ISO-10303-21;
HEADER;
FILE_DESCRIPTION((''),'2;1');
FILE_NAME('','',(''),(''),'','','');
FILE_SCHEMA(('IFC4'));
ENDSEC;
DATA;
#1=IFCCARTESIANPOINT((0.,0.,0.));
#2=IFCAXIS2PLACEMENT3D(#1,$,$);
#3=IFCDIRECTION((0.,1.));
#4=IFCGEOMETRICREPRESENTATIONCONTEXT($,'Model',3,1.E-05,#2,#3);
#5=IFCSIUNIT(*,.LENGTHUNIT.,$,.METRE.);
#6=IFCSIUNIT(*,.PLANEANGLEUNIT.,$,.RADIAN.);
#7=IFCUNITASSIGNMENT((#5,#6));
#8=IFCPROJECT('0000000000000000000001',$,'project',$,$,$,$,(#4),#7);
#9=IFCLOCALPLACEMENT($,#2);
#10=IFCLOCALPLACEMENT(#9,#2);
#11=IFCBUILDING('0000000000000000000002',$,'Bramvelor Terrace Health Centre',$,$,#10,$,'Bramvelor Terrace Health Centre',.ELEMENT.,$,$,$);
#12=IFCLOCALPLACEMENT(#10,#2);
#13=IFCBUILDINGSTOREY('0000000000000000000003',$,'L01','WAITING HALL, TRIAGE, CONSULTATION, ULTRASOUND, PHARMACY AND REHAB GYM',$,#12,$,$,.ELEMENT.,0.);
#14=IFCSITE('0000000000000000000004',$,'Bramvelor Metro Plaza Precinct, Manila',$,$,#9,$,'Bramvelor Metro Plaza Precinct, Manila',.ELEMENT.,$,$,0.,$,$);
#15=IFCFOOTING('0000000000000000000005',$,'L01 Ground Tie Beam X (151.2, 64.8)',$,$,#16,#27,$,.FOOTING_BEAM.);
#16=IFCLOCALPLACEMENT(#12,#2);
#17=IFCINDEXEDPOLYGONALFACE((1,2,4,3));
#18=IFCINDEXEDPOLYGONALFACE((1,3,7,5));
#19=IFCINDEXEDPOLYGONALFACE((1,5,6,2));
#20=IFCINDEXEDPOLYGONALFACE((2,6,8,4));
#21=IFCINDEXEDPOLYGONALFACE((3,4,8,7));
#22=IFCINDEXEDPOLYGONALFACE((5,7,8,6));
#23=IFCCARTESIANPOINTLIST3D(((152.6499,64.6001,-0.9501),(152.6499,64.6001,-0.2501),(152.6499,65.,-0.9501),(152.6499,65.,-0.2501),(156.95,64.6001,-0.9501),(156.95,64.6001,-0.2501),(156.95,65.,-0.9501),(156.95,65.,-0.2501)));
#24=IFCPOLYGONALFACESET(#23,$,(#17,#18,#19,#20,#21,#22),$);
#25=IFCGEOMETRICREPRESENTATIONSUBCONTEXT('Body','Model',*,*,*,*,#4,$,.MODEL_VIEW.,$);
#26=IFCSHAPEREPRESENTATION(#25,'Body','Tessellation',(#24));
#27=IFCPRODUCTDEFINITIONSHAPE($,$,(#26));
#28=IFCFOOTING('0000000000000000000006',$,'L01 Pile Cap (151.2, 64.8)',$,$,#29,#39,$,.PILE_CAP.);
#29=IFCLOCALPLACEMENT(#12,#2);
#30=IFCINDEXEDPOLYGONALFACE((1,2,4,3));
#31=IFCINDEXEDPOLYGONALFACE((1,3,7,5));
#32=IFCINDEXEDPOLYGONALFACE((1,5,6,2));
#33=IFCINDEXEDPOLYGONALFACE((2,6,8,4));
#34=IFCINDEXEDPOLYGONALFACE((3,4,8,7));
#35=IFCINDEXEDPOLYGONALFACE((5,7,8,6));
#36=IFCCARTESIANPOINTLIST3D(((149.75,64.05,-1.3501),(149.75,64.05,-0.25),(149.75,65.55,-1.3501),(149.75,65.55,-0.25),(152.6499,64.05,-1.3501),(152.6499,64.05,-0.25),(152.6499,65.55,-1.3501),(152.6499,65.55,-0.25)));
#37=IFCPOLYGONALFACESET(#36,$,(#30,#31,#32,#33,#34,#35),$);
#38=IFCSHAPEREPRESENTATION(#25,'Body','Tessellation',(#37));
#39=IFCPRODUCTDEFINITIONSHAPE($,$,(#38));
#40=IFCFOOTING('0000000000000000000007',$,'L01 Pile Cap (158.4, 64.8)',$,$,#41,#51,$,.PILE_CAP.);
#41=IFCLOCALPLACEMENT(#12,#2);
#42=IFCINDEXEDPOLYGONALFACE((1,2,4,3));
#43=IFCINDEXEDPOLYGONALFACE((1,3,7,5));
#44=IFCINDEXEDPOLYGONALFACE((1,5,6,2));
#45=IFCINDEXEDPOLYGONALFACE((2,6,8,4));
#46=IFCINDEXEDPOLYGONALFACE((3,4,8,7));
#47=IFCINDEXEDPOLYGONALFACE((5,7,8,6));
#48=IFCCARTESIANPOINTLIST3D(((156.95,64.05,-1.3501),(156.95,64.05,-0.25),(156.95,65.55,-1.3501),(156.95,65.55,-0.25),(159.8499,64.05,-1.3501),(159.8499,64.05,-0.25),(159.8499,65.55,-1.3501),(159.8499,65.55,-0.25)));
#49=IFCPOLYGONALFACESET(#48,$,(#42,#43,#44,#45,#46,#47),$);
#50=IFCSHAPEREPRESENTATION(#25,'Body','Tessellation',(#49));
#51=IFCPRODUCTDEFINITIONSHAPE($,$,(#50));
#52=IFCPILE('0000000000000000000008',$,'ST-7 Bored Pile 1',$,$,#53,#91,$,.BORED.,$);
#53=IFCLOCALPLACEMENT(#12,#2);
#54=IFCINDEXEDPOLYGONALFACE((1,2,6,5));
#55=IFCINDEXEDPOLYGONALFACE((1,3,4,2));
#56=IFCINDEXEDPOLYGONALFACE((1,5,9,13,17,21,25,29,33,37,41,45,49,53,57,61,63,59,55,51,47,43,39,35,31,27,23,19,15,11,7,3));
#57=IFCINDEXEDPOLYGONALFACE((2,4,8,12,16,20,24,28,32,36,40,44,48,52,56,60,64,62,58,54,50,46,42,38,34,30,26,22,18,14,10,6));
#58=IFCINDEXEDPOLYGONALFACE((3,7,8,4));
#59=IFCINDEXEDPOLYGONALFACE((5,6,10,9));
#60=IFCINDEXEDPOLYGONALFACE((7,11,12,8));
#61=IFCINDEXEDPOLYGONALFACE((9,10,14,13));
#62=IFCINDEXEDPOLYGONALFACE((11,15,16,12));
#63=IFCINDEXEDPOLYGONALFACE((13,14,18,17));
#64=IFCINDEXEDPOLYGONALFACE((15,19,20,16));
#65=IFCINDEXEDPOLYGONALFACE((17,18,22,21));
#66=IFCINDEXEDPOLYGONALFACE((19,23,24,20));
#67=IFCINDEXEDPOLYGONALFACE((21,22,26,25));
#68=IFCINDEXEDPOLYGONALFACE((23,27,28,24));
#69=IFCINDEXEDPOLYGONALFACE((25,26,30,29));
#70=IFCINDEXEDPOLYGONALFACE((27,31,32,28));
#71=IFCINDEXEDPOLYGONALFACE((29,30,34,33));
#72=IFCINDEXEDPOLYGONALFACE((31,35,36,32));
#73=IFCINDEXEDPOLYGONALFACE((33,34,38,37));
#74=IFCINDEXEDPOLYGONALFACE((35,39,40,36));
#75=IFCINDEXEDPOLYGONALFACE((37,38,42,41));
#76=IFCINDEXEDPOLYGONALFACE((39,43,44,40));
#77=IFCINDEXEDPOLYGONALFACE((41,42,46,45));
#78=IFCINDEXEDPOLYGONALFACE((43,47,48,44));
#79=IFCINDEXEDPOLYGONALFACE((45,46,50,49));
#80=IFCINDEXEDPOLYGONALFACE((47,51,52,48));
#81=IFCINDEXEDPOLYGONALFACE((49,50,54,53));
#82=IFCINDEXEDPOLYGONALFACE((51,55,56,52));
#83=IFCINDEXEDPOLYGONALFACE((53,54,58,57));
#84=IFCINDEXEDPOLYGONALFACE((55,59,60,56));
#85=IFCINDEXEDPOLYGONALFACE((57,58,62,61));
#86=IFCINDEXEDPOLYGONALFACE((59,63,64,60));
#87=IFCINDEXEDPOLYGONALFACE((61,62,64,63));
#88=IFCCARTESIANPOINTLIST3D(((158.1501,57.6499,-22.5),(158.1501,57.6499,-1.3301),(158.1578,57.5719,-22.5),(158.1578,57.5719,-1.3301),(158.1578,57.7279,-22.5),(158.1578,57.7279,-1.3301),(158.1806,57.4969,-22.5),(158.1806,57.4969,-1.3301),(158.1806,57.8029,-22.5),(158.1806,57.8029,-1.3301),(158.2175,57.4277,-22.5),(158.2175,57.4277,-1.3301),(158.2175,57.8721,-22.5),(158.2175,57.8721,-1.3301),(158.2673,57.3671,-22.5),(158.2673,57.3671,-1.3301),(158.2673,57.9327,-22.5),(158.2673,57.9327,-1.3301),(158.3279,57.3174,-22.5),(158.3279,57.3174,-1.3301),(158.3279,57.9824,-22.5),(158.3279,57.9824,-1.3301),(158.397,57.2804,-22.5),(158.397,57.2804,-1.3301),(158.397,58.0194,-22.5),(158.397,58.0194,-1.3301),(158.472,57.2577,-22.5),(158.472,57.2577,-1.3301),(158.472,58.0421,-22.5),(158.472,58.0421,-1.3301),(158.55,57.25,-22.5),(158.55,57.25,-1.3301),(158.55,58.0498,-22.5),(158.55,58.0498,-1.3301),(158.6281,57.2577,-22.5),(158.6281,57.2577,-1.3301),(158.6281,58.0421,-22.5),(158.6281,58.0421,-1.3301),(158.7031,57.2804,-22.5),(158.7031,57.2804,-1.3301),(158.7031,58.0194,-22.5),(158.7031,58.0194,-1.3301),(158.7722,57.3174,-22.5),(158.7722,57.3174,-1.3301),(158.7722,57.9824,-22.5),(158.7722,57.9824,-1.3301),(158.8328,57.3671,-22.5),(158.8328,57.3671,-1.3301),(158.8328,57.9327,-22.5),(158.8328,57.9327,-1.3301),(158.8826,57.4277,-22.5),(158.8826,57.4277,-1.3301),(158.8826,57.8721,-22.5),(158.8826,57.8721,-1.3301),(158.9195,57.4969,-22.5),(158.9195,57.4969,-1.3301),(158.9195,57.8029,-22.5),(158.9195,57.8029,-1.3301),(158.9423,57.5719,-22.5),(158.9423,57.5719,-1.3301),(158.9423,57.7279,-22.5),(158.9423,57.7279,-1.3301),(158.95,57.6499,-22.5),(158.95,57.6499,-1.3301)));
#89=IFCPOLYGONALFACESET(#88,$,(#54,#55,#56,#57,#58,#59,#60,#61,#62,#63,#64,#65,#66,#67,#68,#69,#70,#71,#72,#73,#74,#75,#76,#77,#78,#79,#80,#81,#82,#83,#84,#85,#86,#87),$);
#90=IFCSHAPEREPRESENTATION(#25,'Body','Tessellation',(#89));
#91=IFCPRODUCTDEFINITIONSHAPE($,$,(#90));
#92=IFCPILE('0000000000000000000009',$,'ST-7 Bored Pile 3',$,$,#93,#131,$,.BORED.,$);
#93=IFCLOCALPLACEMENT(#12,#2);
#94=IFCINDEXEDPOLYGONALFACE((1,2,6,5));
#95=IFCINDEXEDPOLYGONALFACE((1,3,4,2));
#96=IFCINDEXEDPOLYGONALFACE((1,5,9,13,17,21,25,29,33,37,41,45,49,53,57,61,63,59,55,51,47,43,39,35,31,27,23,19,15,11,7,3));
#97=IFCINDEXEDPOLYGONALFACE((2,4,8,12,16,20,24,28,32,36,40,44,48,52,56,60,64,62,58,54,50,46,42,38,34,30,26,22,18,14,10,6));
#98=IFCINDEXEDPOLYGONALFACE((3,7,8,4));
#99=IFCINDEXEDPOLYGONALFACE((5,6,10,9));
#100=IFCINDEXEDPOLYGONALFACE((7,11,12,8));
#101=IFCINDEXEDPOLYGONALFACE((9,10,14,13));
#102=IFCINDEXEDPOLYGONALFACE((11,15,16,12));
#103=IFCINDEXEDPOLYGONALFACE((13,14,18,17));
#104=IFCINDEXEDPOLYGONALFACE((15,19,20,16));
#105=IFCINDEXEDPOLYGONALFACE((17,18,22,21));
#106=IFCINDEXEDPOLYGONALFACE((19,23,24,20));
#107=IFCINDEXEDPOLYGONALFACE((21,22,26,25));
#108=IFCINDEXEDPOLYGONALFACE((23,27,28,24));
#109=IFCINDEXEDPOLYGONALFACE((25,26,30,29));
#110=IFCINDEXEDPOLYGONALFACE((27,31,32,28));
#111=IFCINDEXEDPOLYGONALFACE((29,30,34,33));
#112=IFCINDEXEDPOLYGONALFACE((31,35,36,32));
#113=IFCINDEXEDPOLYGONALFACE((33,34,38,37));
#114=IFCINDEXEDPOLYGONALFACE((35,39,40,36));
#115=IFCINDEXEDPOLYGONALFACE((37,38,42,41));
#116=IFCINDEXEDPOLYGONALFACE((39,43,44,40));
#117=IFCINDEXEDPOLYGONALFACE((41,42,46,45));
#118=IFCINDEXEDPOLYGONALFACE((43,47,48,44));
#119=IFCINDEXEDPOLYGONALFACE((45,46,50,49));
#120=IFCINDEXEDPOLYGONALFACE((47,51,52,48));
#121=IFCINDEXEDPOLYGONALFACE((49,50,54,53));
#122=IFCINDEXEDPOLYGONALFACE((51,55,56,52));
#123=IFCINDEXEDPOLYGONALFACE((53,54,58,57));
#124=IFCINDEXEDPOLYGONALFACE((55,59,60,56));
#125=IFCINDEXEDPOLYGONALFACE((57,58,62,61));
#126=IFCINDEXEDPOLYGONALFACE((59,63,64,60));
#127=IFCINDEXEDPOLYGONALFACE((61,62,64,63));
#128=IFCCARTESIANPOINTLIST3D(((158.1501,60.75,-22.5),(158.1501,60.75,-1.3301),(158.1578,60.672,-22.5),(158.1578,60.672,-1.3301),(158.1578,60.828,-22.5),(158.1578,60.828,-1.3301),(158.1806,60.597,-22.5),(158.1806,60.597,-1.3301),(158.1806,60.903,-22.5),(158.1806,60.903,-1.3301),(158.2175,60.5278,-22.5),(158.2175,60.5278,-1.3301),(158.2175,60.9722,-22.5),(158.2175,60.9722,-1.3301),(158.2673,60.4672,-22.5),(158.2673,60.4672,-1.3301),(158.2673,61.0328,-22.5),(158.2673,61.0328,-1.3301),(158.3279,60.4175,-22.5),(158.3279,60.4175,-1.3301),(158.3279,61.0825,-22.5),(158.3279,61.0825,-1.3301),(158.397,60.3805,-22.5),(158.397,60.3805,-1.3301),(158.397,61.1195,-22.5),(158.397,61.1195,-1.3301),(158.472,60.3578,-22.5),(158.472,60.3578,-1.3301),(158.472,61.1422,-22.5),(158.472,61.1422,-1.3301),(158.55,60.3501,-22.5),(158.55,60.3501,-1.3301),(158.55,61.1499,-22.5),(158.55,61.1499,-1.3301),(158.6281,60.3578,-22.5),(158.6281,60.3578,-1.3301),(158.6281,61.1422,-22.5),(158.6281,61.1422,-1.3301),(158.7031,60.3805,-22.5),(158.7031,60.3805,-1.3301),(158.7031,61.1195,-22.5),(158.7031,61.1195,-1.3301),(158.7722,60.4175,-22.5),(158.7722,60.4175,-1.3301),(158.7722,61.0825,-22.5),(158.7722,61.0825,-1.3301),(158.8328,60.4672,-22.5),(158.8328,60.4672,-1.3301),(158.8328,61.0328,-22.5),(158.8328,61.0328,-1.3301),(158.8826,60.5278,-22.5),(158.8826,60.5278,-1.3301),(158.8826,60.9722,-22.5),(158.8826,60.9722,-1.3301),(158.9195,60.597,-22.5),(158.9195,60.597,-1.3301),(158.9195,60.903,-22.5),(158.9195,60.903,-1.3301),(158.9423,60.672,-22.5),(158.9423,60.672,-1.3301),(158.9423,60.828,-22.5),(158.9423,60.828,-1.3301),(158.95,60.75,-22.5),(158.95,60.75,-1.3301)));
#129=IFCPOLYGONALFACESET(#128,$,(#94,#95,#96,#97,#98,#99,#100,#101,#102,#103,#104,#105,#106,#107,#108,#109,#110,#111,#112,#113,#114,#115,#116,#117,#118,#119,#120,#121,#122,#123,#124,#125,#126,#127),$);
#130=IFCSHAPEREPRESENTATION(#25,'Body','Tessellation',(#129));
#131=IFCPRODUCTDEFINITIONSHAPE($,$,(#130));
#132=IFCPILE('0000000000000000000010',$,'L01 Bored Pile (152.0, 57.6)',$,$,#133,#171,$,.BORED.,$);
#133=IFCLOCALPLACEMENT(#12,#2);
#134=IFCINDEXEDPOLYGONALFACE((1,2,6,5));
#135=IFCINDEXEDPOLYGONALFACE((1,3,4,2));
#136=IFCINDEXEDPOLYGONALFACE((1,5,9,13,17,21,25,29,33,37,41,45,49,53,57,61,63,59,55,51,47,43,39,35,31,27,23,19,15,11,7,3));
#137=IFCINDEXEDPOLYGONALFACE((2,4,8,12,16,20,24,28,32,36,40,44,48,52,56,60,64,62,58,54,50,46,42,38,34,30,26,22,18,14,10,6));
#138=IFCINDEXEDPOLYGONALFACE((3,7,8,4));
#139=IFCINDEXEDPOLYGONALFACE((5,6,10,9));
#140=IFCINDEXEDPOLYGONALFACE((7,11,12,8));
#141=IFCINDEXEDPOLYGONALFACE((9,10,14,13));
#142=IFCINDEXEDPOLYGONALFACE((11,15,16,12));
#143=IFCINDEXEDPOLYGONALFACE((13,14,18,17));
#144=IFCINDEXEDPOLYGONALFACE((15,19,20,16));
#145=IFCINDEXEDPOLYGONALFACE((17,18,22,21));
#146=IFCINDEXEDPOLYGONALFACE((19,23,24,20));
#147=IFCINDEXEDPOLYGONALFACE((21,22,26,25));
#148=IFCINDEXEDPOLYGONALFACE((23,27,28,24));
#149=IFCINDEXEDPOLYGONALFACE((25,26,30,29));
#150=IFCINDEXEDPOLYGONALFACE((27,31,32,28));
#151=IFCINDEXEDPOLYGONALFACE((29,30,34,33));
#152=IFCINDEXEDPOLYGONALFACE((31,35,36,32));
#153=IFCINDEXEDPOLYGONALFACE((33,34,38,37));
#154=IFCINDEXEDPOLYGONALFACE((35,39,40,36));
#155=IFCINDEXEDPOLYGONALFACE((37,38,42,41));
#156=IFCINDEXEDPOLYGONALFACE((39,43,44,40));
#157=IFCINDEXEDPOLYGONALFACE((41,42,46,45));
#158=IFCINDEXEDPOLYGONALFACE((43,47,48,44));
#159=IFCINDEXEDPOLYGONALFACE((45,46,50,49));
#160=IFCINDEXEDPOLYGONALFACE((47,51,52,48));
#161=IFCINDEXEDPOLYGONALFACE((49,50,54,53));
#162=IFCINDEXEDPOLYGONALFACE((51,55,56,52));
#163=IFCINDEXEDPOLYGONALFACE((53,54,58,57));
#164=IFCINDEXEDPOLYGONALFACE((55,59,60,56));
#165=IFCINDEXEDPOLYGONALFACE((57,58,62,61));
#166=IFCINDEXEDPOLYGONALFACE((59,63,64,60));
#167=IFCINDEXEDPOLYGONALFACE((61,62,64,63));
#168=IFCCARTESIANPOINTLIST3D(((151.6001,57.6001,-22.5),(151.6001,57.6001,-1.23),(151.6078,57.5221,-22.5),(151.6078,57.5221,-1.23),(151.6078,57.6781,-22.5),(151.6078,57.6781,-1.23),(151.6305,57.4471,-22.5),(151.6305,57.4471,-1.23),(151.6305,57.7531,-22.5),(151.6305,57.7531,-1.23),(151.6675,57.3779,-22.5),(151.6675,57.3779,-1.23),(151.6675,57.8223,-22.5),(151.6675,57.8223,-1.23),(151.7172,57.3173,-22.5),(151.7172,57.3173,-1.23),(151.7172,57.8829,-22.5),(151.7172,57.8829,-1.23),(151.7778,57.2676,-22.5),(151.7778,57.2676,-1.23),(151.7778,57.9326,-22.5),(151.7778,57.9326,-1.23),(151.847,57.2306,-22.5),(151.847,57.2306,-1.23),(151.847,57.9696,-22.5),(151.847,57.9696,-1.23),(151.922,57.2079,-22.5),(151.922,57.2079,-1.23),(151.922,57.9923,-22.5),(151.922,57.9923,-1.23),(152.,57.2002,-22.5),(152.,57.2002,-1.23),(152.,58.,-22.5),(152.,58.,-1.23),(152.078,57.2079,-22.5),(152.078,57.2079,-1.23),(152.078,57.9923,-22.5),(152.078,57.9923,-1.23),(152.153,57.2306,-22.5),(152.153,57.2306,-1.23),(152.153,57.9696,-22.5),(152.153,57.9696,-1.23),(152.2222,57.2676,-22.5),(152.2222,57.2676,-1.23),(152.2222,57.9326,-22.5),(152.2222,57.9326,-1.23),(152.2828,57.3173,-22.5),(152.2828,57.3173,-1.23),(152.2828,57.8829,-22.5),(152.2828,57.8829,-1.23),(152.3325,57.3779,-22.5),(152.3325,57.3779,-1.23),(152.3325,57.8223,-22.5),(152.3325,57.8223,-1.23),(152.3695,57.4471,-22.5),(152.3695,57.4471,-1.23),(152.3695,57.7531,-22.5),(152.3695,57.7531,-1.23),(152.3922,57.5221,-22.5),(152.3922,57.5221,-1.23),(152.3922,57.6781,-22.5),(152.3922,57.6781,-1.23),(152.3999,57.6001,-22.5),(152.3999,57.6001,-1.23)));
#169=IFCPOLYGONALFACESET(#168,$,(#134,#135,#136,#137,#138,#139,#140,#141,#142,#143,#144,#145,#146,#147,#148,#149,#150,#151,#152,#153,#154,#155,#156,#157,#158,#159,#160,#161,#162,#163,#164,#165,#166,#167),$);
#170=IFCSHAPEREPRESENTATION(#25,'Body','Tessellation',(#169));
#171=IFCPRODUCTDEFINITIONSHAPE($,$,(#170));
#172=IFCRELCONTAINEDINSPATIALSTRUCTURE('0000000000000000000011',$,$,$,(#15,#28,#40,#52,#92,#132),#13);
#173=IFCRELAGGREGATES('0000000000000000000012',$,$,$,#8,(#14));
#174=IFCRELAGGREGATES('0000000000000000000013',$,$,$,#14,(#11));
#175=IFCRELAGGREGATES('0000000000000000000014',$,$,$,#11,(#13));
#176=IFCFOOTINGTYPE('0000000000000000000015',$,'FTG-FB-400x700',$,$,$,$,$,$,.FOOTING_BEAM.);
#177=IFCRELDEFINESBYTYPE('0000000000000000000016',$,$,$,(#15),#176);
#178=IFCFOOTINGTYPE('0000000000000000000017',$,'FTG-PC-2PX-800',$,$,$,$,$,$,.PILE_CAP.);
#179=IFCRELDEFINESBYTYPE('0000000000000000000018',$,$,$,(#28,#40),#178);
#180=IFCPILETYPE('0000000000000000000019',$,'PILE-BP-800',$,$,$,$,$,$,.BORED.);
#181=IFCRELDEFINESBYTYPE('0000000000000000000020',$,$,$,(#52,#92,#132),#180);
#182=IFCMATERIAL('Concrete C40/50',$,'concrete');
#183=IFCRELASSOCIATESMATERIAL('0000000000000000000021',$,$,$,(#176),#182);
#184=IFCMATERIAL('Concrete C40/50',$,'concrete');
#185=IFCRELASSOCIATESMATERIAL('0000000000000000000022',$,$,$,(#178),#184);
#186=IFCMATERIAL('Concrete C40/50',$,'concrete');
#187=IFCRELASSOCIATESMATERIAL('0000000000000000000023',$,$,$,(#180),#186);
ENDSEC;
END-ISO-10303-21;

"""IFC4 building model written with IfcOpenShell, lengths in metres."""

from ifc_helpers import new_model, si_unit, direction, frame, origin, origin_2d, place, context, subcontext, project, spatial, rectangle, circle, extrude, material, material_profile, profile_set, type_object, element, save


model = new_model("IFC4")

# Units and contexts
model_context = context("Model", 3, precision=1e-05, world=origin(), true_north=direction((0.0, 1.0)))
body_context = subcontext(model_context, "Body", "Model", "MODEL_VIEW")
ifc_project = project(units=[si_unit("LENGTHUNIT", "METRE"), si_unit("PLANEANGLEUNIT", "RADIAN")], contexts=[model_context])

# Site, building, storey
site_placement = place(None, origin())
site = spatial("IfcSite", under=ifc_project, at=site_placement, Name="Bramvelor Metro Plaza Precinct, Manila", LongName="Bramvelor Metro Plaza Precinct, Manila", CompositionType="ELEMENT", RefElevation=0.0)
building_placement = place(site_placement, origin())
building = spatial("IfcBuilding", under=site, at=building_placement, Name="Bramvelor Terrace Health Centre", LongName="Bramvelor Terrace Health Centre", CompositionType="ELEMENT")
storey_placement = place(building_placement, origin())
storey = spatial("IfcBuildingStorey", under=building, at=storey_placement, Name="L01", Description="WAITING HALL, TRIAGE, CONSULTATION, ULTRASOUND, PHARMACY AND REHAB GYM", CompositionType="ELEMENT", Elevation=0.0)

# Footings
ifc_material_1 = material(Name="Concrete C40/50", Category="concrete")
ifc_material_profile_1 = material_profile(ifc_material_1, rectangle(XDim=0.3999, YDim=0.7, at=origin_2d()), Name="RC 400x700")
ifc_profile_set_1 = profile_set([ifc_material_profile_1], Name="Concrete C40/50")
footing_type_1 = type_object("IfcFootingType", Name="FTG-FB-400x700", PredefinedType="FOOTING_BEAM", material=ifc_profile_set_1)
footing_placement = place(storey_placement, frame((152.6499, 64.8, -0.6001), z_axis=(1.0, 0.0, 0.0), x_axis=(0.0, 1.0, 0.0)))
element("IfcFooting", 1, at=footing_placement, inside=storey, type_object=footing_type_1, Name="L01 Ground Tie Beam X (151.2, 64.8)", PredefinedType="FOOTING_BEAM", context=body_context, shape_type="SweptSolid", body=[
    extrude(rectangle(XDim=0.3999, YDim=0.7, at=origin_2d()), origin(), (0.0, 0.0, 1.0), 4.3),
])
ifc_material_2 = material(Name="Concrete C40/50", Category="concrete")
footing_type_2 = type_object("IfcFootingType", Name="FTG-PC-2PX-800", PredefinedType="PILE_CAP", material=ifc_material_2)
for number, where, z_axis, x_axis, name in (
    (2, (151.2, 64.8, -1.3501), (0.0, 0.0, 1.0), (1.0, 0.0, 0.0), "L01 Pile Cap (151.2, 64.8)"),
    (3, (158.3999, 64.8, -1.3501), (0.0, 0.0, 1.0), (1.0, 0.0, 0.0), "L01 Pile Cap (158.4, 64.8)"),
):
    element("IfcFooting", number, at=place(storey_placement, frame(where, z_axis=z_axis, x_axis=x_axis)), inside=storey, type_object=footing_type_2, Name=name, PredefinedType="PILE_CAP", context=body_context, shape_type="SweptSolid", body=[
        extrude(rectangle(XDim=2.8999, YDim=1.5, at=origin_2d()), origin(), (0.0, 0.0, 1.0), 1.1001),
    ])

# Piles
ifc_material_3 = material(Name="Concrete C40/50", Category="concrete")
ifc_material_profile_2 = material_profile(ifc_material_3, circle(Radius=0.3999, at=origin_2d()), Name="BP D800")
ifc_profile_set_2 = profile_set([ifc_material_profile_2], Name="Concrete C40/50")
pile_type = type_object("IfcPileType", Name="PILE-BP-800", PredefinedType="BORED", material=ifc_profile_set_2)
for number, where, z_axis, x_axis, name in (
    (4, (158.55, 57.6499, -1.3301), (0.0, 0.0, -1.0), (1.0, 0.0, 0.0), "ST-7 Bored Pile 1"),
    (5, (158.55, 60.75, -1.3301), (0.0, 0.0, -1.0), (1.0, 0.0, 0.0), "ST-7 Bored Pile 3"),
):
    element("IfcPile", number, at=place(storey_placement, frame(where, z_axis=z_axis, x_axis=x_axis)), inside=storey, type_object=pile_type, Name=name, PredefinedType="BORED", context=body_context, shape_type="SweptSolid", body=[
        extrude(circle(Radius=0.3999, at=origin_2d()), origin(), (0.0, 0.0, 1.0), 21.1699),
    ])
for number, where, z_axis, x_axis, name in (
    (6, (152.0, 57.6001, -1.23), (0.0, 0.0, -1.0), (1.0, 0.0, 0.0), "L01 Bored Pile (152.0, 57.6)"),
):
    element("IfcPile", number, at=place(storey_placement, frame(where, z_axis=z_axis, x_axis=x_axis)), inside=storey, type_object=pile_type, Name=name, PredefinedType="BORED", context=body_context, shape_type="SweptSolid", body=[
        extrude(circle(Radius=0.3999, at=origin_2d()), origin(), (0.0, 0.0, 1.0), 21.27),
    ])

save(model, "model.ifc")
